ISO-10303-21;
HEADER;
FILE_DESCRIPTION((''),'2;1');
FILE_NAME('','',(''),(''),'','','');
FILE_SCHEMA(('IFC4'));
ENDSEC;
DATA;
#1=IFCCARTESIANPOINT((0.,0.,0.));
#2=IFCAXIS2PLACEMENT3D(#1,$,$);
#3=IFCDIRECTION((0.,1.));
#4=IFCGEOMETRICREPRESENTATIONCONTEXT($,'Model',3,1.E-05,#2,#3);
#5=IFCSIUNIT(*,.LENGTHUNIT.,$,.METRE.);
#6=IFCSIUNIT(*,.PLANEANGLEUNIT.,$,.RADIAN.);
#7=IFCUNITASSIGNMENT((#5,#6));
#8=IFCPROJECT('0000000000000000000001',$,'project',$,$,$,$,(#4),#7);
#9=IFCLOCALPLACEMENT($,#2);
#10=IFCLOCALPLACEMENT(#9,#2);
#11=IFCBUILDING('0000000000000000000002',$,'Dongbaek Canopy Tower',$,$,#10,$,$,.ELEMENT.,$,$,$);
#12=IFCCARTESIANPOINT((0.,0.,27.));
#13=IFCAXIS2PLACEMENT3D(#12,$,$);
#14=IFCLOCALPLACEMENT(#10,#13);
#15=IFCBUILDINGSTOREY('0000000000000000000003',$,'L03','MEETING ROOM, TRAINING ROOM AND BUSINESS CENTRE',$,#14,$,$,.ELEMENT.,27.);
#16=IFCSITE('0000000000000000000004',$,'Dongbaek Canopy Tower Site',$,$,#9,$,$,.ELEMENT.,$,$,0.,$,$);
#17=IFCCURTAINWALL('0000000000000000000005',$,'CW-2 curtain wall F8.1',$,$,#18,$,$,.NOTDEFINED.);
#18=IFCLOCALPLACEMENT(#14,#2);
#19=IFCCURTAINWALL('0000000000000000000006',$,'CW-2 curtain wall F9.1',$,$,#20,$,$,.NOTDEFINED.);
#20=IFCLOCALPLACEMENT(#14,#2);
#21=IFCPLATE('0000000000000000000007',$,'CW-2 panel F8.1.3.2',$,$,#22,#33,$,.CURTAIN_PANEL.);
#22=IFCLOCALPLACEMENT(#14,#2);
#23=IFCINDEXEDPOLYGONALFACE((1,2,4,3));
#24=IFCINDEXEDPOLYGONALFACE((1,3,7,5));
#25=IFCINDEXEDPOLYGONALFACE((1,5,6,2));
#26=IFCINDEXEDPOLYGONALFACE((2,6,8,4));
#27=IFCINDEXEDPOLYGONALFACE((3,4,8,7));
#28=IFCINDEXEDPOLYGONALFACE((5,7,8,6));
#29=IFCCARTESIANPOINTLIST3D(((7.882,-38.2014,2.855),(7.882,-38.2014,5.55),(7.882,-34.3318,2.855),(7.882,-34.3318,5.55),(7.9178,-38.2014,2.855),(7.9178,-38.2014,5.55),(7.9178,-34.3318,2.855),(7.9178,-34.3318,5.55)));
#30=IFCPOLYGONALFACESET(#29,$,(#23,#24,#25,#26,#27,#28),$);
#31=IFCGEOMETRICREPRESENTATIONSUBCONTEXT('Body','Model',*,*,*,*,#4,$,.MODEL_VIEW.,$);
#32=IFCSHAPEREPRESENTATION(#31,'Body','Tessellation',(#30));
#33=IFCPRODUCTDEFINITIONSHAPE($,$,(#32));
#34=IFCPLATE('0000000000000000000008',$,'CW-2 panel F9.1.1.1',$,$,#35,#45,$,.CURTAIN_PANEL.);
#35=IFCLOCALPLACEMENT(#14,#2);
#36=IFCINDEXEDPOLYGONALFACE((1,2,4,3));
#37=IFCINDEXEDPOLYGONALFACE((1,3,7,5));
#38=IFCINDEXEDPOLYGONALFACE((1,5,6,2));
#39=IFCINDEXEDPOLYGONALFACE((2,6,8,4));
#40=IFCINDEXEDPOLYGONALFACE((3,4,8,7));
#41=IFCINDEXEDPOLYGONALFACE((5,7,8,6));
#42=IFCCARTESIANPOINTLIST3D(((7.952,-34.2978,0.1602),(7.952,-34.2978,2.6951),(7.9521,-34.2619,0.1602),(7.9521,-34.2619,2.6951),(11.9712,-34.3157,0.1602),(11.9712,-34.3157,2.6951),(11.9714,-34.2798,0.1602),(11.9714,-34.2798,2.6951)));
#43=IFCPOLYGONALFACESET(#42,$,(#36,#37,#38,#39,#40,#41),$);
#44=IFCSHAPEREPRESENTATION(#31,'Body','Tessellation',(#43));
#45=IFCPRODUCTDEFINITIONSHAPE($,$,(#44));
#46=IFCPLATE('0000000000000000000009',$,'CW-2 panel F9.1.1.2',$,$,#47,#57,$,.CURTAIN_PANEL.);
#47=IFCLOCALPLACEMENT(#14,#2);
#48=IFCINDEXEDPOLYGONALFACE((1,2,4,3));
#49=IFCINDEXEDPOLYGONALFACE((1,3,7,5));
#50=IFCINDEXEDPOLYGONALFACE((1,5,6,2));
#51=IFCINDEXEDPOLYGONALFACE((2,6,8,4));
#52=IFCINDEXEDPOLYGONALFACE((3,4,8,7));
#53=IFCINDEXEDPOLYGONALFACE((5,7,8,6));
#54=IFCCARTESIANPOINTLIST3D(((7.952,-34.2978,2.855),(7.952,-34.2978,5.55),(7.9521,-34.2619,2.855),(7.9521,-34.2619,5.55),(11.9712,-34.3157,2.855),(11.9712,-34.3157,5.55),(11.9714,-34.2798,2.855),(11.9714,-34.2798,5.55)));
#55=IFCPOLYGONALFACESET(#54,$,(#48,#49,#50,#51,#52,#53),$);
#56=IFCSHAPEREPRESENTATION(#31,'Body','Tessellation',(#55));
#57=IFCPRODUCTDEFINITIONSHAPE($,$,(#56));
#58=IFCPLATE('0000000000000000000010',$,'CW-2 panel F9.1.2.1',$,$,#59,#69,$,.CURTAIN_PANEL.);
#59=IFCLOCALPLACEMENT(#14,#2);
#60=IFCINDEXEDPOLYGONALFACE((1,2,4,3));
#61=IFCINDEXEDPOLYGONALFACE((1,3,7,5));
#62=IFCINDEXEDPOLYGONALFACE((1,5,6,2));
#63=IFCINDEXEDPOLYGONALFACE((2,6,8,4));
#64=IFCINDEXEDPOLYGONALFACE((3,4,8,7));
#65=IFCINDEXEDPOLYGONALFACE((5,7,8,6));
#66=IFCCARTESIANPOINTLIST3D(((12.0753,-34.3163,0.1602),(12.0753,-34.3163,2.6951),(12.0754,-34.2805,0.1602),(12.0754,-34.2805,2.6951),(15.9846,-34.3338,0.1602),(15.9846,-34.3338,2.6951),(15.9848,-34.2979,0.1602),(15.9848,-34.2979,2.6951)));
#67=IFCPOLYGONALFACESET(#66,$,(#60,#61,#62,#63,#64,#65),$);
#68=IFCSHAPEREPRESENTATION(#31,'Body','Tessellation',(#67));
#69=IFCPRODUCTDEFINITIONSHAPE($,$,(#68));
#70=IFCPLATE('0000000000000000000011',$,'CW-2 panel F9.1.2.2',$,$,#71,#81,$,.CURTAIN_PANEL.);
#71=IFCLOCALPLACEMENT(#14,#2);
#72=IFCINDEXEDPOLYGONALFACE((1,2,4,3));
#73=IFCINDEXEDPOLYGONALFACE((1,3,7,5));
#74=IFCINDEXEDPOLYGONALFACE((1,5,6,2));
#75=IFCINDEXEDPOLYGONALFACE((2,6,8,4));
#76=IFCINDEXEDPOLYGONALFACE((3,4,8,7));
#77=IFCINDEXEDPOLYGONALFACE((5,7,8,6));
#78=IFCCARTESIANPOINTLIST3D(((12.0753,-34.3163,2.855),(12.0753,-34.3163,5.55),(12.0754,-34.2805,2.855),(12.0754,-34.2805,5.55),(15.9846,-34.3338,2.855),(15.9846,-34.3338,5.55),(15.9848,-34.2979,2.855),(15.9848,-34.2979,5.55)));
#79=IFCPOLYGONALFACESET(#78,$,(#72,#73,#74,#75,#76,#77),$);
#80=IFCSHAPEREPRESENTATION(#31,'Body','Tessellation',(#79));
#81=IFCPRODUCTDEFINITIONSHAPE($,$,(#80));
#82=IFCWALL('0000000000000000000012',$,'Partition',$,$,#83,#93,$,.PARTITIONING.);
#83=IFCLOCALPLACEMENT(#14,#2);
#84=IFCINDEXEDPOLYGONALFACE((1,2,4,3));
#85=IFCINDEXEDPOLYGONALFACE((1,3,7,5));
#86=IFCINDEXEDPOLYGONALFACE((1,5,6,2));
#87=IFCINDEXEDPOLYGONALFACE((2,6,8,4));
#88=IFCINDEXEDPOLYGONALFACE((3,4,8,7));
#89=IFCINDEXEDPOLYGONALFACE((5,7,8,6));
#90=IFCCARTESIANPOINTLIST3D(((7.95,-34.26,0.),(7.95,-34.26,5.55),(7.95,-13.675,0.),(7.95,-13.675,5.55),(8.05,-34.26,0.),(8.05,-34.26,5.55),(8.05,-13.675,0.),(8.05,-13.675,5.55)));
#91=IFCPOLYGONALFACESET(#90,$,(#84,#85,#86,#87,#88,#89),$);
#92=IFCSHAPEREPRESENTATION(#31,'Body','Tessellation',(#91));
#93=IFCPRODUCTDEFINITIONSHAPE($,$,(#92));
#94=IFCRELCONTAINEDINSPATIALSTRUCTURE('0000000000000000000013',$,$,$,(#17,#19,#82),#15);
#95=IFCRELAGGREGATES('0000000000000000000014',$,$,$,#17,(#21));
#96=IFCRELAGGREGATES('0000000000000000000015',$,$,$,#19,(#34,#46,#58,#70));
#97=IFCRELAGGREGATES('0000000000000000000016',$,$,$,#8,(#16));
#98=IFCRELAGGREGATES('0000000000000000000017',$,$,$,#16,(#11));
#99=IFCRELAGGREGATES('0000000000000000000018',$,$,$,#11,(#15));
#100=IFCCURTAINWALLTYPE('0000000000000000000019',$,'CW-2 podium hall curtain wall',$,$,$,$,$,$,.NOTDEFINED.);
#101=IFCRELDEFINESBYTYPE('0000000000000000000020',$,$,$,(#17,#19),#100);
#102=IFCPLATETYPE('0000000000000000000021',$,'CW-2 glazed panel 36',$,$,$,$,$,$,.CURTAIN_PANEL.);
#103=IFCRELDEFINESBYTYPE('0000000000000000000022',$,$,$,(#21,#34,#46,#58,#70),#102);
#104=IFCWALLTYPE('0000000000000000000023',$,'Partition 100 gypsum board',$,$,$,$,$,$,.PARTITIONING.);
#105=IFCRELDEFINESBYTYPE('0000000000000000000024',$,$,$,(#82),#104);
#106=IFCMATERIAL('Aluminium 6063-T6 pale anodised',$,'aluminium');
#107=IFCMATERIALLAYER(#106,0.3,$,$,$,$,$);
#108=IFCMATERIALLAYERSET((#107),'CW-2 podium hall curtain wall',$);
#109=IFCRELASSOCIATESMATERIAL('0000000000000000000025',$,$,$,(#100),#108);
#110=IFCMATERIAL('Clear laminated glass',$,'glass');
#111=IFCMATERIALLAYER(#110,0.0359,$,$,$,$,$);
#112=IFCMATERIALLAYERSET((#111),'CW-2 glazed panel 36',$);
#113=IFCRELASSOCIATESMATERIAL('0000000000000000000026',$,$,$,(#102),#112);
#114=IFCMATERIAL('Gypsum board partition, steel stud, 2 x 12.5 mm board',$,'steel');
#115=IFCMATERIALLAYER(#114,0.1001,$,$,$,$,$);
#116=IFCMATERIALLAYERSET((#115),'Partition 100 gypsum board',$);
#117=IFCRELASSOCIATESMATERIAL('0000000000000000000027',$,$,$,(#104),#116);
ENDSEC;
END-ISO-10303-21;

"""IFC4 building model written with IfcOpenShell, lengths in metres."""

from ifc_helpers import new_model, si_unit, direction, frame, frame_2d, origin, origin_2d, place, context, subcontext, project, spatial, rectangle, extrude, material, layer, layer_set, type_object, element, aggregate, save


model = new_model("IFC4")

# Units and contexts
model_context = context("Model", 3, precision=1e-05, world=origin(), true_north=direction((0.0, 1.0)))
body_context = subcontext(model_context, "Body", "Model", "MODEL_VIEW")
ifc_project = project(units=[si_unit("LENGTHUNIT", "METRE"), si_unit("PLANEANGLEUNIT", "RADIAN")], contexts=[model_context])

# Site, building, storey
site_placement = place(None, origin())
site = spatial("IfcSite", under=ifc_project, at=site_placement, Name="Dongbaek Canopy Tower Site", CompositionType="ELEMENT", RefElevation=0.0)
building_placement = place(site_placement, origin())
building = spatial("IfcBuilding", under=site, at=building_placement, Name="Dongbaek Canopy Tower", CompositionType="ELEMENT")
storey_placement = place(building_placement, frame((0.0, 0.0, 27.0)))
storey = spatial("IfcBuildingStorey", under=building, at=storey_placement, Name="L03", Description="MEETING ROOM, TRAINING ROOM AND BUSINESS CENTRE", CompositionType="ELEMENT", Elevation=27.0)

# Shared definitions
ifc_material_1 = material(Name="Aluminium 6063-T6 pale anodised", Category="aluminium")
ifc_layer_1 = layer(ifc_material_1, 0.3)
ifc_layer_set_1 = layer_set([ifc_layer_1], Name="CW-2 podium hall curtain wall")
curtain_wall_type = type_object("IfcCurtainWallType", Name="CW-2 podium hall curtain wall", PredefinedType="NOTDEFINED", material=ifc_layer_set_1)

# Curtain walls
curtain_wall_1_placement = place(storey_placement, origin())
curtain_wall_1 = element("IfcCurtainWall", 1, at=curtain_wall_1_placement, inside=storey, type_object=curtain_wall_type, Name="CW-2 curtain wall F8.1", PredefinedType="NOTDEFINED")
curtain_wall_2_placement = place(storey_placement, origin())
curtain_wall_2 = element("IfcCurtainWall", 2, at=curtain_wall_2_placement, inside=storey, type_object=curtain_wall_type, Name="CW-2 curtain wall F9.1", PredefinedType="NOTDEFINED")

# Plates
ifc_material_2 = material(Name="Clear laminated glass", Category="glass")
ifc_layer_2 = layer(ifc_material_2, 0.0359)
ifc_layer_set_2 = layer_set([ifc_layer_2], Name="CW-2 glazed panel 36")
plate_type = type_object("IfcPlateType", Name="CW-2 glazed panel 36", PredefinedType="CURTAIN_PANEL", material=ifc_layer_set_2)
plate_1_placement = place(storey_placement, frame((7.8999, -36.2666, 2.855), z_axis=(0.0, 0.0, 1.0), x_axis=(0.0, 1.0, 0.0)))
plate_1 = element("IfcPlate", 3, at=plate_1_placement, type_object=plate_type, Name="CW-2 panel F8.1.3.2", PredefinedType="CURTAIN_PANEL", context=body_context, shape_type="SweptSolid", body=[
    extrude(rectangle(XDim=3.8696, YDim=0.0359, at=origin_2d()), origin(), (0.0, 0.0, 1.0), 2.6951),
])
aggregate(curtain_wall_1, [plate_1])
plate_2_placement = place(storey_placement, frame((9.9617, -34.2888, 0.1602), z_axis=(0.0, 0.0, 1.0), x_axis=(0.99999, -0.004466, 0.0)))
plate_2 = element("IfcPlate", 4, at=plate_2_placement, type_object=plate_type, Name="CW-2 panel F9.1.1.1", PredefinedType="CURTAIN_PANEL", context=body_context, shape_type="SweptSolid", body=[
    extrude(rectangle(XDim=4.0193, YDim=0.0359, at=origin_2d()), origin(), (0.0, 0.0, 1.0), 2.5349),
])
plate_3_placement = place(storey_placement, frame((9.9617, -34.2888, 2.855), z_axis=(0.0, 0.0, 1.0), x_axis=(0.99999, -0.004466, 0.0)))
plate_3 = element("IfcPlate", 5, at=plate_3_placement, type_object=plate_type, Name="CW-2 panel F9.1.1.2", PredefinedType="CURTAIN_PANEL", context=body_context, shape_type="SweptSolid", body=[
    extrude(rectangle(XDim=4.0193, YDim=0.0359, at=origin_2d()), origin(), (0.0, 0.0, 1.0), 2.6951),
])
plate_4_placement = place(storey_placement, frame((14.03, -34.3071, 0.1602), z_axis=(0.0, 0.0, 1.0), x_axis=(0.99999, -0.004466, 0.0)))
plate_4 = element("IfcPlate", 6, at=plate_4_placement, type_object=plate_type, Name="CW-2 panel F9.1.2.1", PredefinedType="CURTAIN_PANEL", context=body_context, shape_type="SweptSolid", body=[
    extrude(rectangle(XDim=3.9094, YDim=0.0359, at=origin_2d()), origin(), (0.0, 0.0, 1.0), 2.5349),
])
plate_5_placement = place(storey_placement, frame((14.03, -34.3071, 2.855), z_axis=(0.0, 0.0, 1.0), x_axis=(0.99999, -0.004466, 0.0)))
plate_5 = element("IfcPlate", 7, at=plate_5_placement, type_object=plate_type, Name="CW-2 panel F9.1.2.2", PredefinedType="CURTAIN_PANEL", context=body_context, shape_type="SweptSolid", body=[
    extrude(rectangle(XDim=3.9094, YDim=0.0359, at=origin_2d()), origin(), (0.0, 0.0, 1.0), 2.6951),
])
aggregate(curtain_wall_2, [plate_2, plate_3, plate_4, plate_5])

# Wall
ifc_material_3 = material(Name="Gypsum board partition, steel stud, 2 x 12.5 mm board", Category="steel")
ifc_layer_3 = layer(ifc_material_3, 0.1001)
ifc_layer_set_3 = layer_set([ifc_layer_3], Name="Partition 100 gypsum board")
wall_type = type_object("IfcWallType", Name="Partition 100 gypsum board", PredefinedType="PARTITIONING", material=ifc_layer_set_3)
wall_placement = place(storey_placement, frame((8.0, -34.26, 0.0), z_axis=(0.0, 0.0, 1.0), x_axis=(0.0, 1.0, 0.0)))
element("IfcWall", 8, at=wall_placement, inside=storey, type_object=wall_type, Name="Partition", PredefinedType="PARTITIONING", context=body_context, shape_type="SweptSolid", body=[
    extrude(rectangle(XDim=20.585, YDim=0.1001, at=frame_2d((10.2925, 0.0))), origin(), (0.0, 0.0, 1.0), 5.55),
])

save(model, "model.ifc")
